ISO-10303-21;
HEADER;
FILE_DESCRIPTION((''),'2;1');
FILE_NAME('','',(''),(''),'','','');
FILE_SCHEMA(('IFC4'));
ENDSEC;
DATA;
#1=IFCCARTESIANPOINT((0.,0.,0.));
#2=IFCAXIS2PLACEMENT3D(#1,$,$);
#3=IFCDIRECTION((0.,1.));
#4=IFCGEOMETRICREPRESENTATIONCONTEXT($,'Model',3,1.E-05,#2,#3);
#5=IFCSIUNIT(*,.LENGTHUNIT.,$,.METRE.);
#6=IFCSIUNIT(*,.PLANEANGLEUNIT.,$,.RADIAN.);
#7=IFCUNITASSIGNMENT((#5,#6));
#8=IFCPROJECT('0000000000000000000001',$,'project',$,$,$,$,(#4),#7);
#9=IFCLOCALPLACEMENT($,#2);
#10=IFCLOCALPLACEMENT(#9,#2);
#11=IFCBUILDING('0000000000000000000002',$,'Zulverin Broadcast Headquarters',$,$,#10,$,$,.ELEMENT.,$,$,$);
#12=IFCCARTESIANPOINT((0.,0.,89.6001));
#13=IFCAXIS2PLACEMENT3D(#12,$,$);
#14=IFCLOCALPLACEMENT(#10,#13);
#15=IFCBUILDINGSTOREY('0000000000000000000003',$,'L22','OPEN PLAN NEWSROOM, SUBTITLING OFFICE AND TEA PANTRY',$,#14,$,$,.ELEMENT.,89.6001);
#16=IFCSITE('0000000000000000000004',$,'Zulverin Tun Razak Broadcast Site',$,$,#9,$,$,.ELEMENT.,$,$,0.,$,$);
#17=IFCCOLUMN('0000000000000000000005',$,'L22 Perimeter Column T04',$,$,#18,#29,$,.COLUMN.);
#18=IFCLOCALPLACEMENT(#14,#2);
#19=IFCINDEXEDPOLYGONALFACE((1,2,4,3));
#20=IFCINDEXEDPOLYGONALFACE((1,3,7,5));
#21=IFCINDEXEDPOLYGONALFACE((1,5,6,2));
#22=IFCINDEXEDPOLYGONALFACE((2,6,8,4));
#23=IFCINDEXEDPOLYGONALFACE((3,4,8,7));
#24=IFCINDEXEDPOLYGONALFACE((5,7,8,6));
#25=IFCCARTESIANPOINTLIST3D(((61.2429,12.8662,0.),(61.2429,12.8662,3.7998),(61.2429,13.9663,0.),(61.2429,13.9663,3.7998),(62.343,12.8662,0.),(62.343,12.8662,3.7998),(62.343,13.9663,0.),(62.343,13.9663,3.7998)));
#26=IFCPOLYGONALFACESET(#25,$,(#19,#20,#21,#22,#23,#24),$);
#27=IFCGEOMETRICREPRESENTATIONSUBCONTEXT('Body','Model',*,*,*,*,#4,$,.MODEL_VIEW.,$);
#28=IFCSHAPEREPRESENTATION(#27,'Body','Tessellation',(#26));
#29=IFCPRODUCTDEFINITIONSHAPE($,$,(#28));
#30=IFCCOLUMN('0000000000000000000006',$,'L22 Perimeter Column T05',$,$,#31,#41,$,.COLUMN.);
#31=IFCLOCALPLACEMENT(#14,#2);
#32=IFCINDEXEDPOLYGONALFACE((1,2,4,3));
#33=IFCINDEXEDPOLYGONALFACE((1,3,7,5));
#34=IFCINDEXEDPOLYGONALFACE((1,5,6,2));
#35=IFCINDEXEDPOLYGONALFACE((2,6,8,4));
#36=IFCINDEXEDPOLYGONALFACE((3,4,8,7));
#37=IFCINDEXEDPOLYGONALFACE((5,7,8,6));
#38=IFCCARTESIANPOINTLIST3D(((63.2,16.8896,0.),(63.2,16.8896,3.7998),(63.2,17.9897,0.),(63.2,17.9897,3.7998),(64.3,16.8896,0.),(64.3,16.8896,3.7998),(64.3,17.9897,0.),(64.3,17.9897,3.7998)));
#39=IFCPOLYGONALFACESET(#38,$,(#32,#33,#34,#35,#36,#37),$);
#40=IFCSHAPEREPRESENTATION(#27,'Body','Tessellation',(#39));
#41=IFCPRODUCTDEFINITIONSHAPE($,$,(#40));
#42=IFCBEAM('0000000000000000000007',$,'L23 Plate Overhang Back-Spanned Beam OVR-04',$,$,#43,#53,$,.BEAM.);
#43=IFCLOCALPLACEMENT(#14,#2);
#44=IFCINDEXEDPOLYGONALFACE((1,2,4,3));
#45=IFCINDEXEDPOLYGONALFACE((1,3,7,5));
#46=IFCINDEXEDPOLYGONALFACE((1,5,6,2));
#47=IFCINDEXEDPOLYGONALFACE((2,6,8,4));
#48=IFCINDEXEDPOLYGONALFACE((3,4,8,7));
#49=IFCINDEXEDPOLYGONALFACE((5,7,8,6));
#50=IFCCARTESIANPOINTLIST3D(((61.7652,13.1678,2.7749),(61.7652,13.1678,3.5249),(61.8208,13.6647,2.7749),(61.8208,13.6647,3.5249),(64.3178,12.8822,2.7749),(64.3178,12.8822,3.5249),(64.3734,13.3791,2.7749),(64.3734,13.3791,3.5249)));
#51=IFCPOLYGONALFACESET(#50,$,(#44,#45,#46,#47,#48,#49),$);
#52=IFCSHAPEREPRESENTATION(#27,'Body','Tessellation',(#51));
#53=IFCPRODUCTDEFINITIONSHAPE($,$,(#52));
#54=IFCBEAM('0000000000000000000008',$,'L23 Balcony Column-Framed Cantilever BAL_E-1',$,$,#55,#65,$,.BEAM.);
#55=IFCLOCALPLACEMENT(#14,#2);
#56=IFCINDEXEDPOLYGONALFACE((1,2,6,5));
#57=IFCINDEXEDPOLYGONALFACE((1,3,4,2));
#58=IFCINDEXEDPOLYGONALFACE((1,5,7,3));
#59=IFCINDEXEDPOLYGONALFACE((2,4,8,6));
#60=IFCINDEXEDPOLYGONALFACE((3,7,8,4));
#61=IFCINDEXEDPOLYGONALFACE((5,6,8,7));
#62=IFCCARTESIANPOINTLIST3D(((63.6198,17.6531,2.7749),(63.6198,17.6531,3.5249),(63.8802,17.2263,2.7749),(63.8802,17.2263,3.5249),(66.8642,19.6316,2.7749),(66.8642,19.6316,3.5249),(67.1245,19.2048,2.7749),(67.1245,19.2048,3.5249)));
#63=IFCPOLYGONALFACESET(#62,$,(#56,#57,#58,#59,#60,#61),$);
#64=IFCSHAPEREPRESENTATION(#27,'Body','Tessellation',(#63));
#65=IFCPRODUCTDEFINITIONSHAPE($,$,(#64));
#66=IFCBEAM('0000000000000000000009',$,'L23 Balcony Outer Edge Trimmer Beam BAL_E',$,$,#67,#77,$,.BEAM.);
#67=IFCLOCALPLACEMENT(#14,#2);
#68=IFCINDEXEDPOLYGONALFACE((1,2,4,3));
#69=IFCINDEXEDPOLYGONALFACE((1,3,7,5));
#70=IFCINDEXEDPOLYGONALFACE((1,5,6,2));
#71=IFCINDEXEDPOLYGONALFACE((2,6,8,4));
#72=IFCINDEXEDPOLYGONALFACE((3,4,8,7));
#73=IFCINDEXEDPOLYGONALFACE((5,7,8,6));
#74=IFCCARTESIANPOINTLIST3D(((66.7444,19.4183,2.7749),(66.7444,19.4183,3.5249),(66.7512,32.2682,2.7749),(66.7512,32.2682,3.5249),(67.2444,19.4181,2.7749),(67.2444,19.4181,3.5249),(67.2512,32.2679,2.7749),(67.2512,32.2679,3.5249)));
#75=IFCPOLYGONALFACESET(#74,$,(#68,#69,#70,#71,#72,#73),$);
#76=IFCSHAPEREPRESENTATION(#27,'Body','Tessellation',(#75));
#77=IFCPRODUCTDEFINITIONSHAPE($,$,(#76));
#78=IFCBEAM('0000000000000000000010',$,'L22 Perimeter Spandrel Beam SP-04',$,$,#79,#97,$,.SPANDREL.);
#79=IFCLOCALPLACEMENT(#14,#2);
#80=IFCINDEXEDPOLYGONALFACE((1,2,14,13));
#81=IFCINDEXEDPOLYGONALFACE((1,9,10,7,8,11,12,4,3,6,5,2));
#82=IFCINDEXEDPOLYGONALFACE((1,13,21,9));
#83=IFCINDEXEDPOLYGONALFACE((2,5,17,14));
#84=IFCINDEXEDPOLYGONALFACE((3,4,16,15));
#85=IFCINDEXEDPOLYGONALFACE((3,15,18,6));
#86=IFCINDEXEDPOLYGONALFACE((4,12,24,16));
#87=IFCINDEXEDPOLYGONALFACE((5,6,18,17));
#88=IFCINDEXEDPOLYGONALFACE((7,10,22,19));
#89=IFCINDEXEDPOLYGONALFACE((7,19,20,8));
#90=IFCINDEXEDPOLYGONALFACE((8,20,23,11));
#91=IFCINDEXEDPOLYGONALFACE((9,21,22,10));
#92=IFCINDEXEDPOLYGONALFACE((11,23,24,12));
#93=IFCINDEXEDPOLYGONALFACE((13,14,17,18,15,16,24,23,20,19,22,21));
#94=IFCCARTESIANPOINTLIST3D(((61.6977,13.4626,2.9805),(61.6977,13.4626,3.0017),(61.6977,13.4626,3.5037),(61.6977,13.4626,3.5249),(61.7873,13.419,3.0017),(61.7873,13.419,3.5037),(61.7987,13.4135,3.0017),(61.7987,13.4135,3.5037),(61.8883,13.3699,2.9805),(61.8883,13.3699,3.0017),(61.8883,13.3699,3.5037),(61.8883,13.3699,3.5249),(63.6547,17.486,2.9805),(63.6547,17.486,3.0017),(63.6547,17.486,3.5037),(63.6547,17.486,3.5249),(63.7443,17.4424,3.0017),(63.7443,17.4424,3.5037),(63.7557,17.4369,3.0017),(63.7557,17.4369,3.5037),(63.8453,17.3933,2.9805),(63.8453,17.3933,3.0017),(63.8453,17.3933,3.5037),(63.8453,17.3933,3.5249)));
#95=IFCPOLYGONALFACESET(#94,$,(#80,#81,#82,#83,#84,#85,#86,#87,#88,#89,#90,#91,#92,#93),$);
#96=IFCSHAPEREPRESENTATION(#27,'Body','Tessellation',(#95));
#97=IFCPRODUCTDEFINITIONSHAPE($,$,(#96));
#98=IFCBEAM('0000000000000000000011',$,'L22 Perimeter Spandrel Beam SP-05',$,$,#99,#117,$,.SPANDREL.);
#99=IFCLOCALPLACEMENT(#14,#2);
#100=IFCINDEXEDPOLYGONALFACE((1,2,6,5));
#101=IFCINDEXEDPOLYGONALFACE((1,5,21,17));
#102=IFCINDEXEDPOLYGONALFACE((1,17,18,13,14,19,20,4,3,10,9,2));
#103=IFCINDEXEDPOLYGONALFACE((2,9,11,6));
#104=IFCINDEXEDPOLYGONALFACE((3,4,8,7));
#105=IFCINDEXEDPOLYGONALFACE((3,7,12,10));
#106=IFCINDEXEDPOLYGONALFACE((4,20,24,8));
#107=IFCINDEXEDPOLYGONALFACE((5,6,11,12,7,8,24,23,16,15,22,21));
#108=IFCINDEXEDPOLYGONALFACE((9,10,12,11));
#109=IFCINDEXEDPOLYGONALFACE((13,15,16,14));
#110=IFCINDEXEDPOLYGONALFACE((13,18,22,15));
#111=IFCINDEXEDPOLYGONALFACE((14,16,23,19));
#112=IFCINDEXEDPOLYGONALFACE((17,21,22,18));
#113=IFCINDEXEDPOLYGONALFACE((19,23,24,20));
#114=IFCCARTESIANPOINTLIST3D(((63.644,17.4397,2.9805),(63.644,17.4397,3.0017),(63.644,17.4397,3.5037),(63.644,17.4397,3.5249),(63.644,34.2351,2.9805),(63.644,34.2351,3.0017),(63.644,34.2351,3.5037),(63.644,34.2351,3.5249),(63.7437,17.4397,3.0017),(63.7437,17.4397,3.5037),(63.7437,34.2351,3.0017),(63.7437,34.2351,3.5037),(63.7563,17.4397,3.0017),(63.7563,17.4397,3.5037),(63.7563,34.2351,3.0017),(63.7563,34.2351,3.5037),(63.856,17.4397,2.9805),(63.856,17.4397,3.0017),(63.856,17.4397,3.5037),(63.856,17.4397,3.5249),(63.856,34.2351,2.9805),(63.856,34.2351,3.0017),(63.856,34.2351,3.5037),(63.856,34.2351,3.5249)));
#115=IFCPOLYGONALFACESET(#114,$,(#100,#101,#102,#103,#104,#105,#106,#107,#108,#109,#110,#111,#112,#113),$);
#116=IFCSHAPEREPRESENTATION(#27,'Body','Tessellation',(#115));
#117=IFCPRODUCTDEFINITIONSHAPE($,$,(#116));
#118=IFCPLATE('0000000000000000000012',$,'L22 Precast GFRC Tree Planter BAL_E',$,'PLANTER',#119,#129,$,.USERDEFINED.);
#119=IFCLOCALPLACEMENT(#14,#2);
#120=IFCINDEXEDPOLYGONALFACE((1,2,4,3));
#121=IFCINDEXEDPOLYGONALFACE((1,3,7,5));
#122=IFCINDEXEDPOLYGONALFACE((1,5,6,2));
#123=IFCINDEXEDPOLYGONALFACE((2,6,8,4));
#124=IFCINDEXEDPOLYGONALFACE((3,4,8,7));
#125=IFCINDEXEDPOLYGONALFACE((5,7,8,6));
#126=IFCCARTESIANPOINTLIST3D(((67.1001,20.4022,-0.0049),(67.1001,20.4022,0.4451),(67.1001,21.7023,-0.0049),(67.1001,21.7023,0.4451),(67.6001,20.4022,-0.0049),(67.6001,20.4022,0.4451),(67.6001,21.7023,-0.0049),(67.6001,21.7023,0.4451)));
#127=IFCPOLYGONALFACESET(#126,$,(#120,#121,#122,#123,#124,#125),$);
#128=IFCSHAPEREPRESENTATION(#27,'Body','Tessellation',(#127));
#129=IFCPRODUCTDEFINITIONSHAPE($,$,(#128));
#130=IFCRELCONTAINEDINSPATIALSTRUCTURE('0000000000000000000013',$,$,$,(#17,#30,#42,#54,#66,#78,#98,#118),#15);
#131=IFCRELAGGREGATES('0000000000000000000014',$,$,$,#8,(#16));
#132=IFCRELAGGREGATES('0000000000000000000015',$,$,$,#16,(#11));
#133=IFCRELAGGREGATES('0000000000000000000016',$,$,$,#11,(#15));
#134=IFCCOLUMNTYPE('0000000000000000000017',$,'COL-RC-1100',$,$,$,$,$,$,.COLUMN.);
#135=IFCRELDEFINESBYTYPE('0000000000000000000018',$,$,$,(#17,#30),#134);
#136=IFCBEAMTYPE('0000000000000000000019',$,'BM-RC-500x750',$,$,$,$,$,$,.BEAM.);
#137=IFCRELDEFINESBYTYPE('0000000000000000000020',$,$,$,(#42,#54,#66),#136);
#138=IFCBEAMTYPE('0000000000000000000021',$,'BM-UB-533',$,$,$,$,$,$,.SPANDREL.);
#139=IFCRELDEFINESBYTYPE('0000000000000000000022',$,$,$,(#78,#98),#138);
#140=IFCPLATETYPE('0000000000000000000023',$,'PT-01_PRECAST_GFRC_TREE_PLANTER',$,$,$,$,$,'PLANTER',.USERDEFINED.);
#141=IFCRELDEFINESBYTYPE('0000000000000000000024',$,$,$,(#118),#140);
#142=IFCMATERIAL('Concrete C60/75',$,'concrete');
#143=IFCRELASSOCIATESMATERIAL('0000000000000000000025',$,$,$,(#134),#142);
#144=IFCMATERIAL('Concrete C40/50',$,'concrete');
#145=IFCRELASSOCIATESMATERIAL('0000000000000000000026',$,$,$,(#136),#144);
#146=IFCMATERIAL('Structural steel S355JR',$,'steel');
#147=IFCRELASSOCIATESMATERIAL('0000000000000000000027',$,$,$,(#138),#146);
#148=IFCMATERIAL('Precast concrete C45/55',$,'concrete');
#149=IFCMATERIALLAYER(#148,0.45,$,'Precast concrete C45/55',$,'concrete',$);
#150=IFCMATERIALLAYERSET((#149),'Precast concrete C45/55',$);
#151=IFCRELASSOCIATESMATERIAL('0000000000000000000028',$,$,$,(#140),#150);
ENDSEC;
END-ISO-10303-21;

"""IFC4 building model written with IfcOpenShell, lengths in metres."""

from ifc_helpers import new_model, si_unit, direction, frame, origin, origin_2d, place, context, subcontext, project, spatial, rectangle, i_section, extrude, material, layer, layer_set, material_profile, profile_set, type_object, element, save


model = new_model("IFC4")

# Units and contexts
model_context = context("Model", 3, precision=1e-05, world=origin(), true_north=direction((0.0, 1.0)))
body_context = subcontext(model_context, "Body", "Model", "MODEL_VIEW")
ifc_project = project(units=[si_unit("LENGTHUNIT", "METRE"), si_unit("PLANEANGLEUNIT", "RADIAN")], contexts=[model_context])

# Site, building, storey
site_placement = place(None, origin())
site = spatial("IfcSite", under=ifc_project, at=site_placement, Name="Zulverin Tun Razak Broadcast Site", CompositionType="ELEMENT", RefElevation=0.0)
building_placement = place(site_placement, origin())
building = spatial("IfcBuilding", under=site, at=building_placement, Name="Zulverin Broadcast Headquarters", CompositionType="ELEMENT")
storey_placement = place(building_placement, frame((0.0, 0.0, 89.6001)))
storey = spatial("IfcBuildingStorey", under=building, at=storey_placement, Name="L22", Description="OPEN PLAN NEWSROOM, SUBTITLING OFFICE AND TEA PANTRY", CompositionType="ELEMENT", Elevation=89.6001)

# Columns
ifc_material_1 = material(Name="Concrete C60/75", Category="concrete")
ifc_material_profile_1 = material_profile(ifc_material_1, rectangle(XDim=1.1001, YDim=1.1001, at=origin_2d()), Name="Concrete C60/75", Category="concrete")
ifc_profile_set_1 = profile_set([ifc_material_profile_1], Name="Concrete C60/75")
column_type = type_object("IfcColumnType", Name="COL-RC-1100", PredefinedType="COLUMN", material=ifc_profile_set_1)
for number, where, z_axis, x_axis, name in (
    (1, (61.793, 13.4163, 0.0), (0.0, 0.0, 1.0), (1.0, 0.0, 0.0), "L22 Perimeter Column T04"),
    (2, (63.75, 17.4397, 0.0), (0.0, 0.0, 1.0), (1.0, 0.0, 0.0), "L22 Perimeter Column T05"),
):
    element("IfcColumn", number, at=place(storey_placement, frame(where, z_axis=z_axis, x_axis=x_axis)), inside=storey, type_object=column_type, Name=name, PredefinedType="COLUMN", context=body_context, shape_type="SweptSolid", body=[
        extrude(rectangle(XDim=1.1001, YDim=1.1001, at=origin_2d()), origin(), (0.0, 0.0, 1.0), 3.7998),
    ])

# Beams
ifc_material_2 = material(Name="Concrete C40/50", Category="concrete")
ifc_material_profile_2 = material_profile(ifc_material_2, rectangle(XDim=0.5, YDim=0.75, at=origin_2d()), Name="Concrete C40/50", Category="concrete")
ifc_profile_set_2 = profile_set([ifc_material_profile_2], Name="Concrete C40/50")
beam_type_1 = type_object("IfcBeamType", Name="BM-RC-500x750", PredefinedType="BEAM", material=ifc_profile_set_2)
beam_1_placement = place(storey_placement, frame((61.793, 13.4163, 3.1499), z_axis=(0.993798, -0.111203, 0.0), x_axis=(0.111203, 0.993798, 0.0)))
element("IfcBeam", 3, at=beam_1_placement, inside=storey, type_object=beam_type_1, Name="L23 Plate Overhang Back-Spanned Beam OVR-04", PredefinedType="BEAM", context=body_context, shape_type="SweptSolid", body=[
    extrude(rectangle(XDim=0.5, YDim=0.75, at=origin_2d()), origin(), (0.0, 0.0, 1.0), 2.5686),
])
beam_2_placement = place(storey_placement, frame((63.75, 17.4397, 3.1499), z_axis=(0.853769, 0.520652, 0.0), x_axis=(-0.520652, 0.853769, 0.0)))
element("IfcBeam", 4, at=beam_2_placement, inside=storey, type_object=beam_type_1, Name="L23 Balcony Column-Framed Cantilever BAL_E-1", PredefinedType="BEAM", context=body_context, shape_type="SweptSolid", body=[
    extrude(rectangle(XDim=0.5, YDim=0.75, at=origin_2d()), origin(), (0.0, 0.0, 1.0), 3.8),
])
beam_3_placement = place(storey_placement, frame((66.9944, 19.4182, 3.1499), z_axis=(0.000532, 1.0, 0.0), x_axis=(-1.0, 0.000532, 0.0)))
element("IfcBeam", 5, at=beam_3_placement, inside=storey, type_object=beam_type_1, Name="L23 Balcony Outer Edge Trimmer Beam BAL_E", PredefinedType="BEAM", context=body_context, shape_type="SweptSolid", body=[
    extrude(rectangle(XDim=0.5, YDim=0.75, at=origin_2d()), origin(), (0.0, 0.0, 1.0), 12.8499),
])
ifc_material_3 = material(Name="Structural steel S355JR", Category="steel")
ifc_material_profile_3 = material_profile(ifc_material_3, i_section(OverallWidth=0.2119, OverallDepth=0.5444, WebThickness=0.0127, FlangeThickness=0.0212, at=origin_2d()), Name="Structural steel S355JR", Category="steel")
ifc_profile_set_3 = profile_set([ifc_material_profile_3], Name="Structural steel S355JR")
beam_type_2 = type_object("IfcBeamType", Name="BM-UB-533", PredefinedType="SPANDREL", material=ifc_profile_set_3)
beam_4_placement = place(storey_placement, frame((61.793, 13.4163, 3.2527), z_axis=(0.437408, 0.899263, 0.0), x_axis=(-0.899263, 0.437408, 0.0)))
element("IfcBeam", 6, at=beam_4_placement, inside=storey, type_object=beam_type_2, Name="L22 Perimeter Spandrel Beam SP-04", PredefinedType="SPANDREL", context=body_context, shape_type="SweptSolid", body=[
    extrude(i_section(OverallWidth=0.2119, OverallDepth=0.5444, WebThickness=0.0127, FlangeThickness=0.0212, at=origin_2d()), origin(), (0.0, 0.0, 1.0), 4.4741),
])
beam_5_placement = place(storey_placement, frame((63.75, 17.4397, 3.2527), z_axis=(0.0, 1.0, 0.0), x_axis=(-1.0, 0.0, 0.0)))
element("IfcBeam", 7, at=beam_5_placement, inside=storey, type_object=beam_type_2, Name="L22 Perimeter Spandrel Beam SP-05", PredefinedType="SPANDREL", context=body_context, shape_type="SweptSolid", body=[
    extrude(i_section(OverallWidth=0.2119, OverallDepth=0.5444, WebThickness=0.0127, FlangeThickness=0.0212, at=origin_2d()), origin(), (0.0, 0.0, 1.0), 16.7954),
])

# Plate
ifc_material_4 = material(Name="Precast concrete C45/55", Category="concrete")
ifc_layer_1 = layer(ifc_material_4, 0.45, Name="Precast concrete C45/55", Category="concrete")
ifc_layer_set_1 = layer_set([ifc_layer_1], Name="Precast concrete C45/55")
plate_type = type_object("IfcPlateType", Name="PT-01_PRECAST_GFRC_TREE_PLANTER", ElementType="PLANTER", PredefinedType="USERDEFINED", material=ifc_layer_set_1)
plate_placement = place(storey_placement, frame((67.3501, 21.0522, -0.0049), z_axis=(0.0, 0.0, 1.0), x_axis=(0.0, 1.0, 0.0)))
element("IfcPlate", 8, at=plate_placement, inside=storey, type_object=plate_type, Name="L22 Precast GFRC Tree Planter BAL_E", ObjectType="PLANTER", PredefinedType="USERDEFINED", context=body_context, shape_type="SweptSolid", body=[
    extrude(rectangle(XDim=1.3, YDim=0.5, at=origin_2d()), origin(), (0.0, 0.0, 1.0), 0.45),
])

save(model, "model.ifc")
